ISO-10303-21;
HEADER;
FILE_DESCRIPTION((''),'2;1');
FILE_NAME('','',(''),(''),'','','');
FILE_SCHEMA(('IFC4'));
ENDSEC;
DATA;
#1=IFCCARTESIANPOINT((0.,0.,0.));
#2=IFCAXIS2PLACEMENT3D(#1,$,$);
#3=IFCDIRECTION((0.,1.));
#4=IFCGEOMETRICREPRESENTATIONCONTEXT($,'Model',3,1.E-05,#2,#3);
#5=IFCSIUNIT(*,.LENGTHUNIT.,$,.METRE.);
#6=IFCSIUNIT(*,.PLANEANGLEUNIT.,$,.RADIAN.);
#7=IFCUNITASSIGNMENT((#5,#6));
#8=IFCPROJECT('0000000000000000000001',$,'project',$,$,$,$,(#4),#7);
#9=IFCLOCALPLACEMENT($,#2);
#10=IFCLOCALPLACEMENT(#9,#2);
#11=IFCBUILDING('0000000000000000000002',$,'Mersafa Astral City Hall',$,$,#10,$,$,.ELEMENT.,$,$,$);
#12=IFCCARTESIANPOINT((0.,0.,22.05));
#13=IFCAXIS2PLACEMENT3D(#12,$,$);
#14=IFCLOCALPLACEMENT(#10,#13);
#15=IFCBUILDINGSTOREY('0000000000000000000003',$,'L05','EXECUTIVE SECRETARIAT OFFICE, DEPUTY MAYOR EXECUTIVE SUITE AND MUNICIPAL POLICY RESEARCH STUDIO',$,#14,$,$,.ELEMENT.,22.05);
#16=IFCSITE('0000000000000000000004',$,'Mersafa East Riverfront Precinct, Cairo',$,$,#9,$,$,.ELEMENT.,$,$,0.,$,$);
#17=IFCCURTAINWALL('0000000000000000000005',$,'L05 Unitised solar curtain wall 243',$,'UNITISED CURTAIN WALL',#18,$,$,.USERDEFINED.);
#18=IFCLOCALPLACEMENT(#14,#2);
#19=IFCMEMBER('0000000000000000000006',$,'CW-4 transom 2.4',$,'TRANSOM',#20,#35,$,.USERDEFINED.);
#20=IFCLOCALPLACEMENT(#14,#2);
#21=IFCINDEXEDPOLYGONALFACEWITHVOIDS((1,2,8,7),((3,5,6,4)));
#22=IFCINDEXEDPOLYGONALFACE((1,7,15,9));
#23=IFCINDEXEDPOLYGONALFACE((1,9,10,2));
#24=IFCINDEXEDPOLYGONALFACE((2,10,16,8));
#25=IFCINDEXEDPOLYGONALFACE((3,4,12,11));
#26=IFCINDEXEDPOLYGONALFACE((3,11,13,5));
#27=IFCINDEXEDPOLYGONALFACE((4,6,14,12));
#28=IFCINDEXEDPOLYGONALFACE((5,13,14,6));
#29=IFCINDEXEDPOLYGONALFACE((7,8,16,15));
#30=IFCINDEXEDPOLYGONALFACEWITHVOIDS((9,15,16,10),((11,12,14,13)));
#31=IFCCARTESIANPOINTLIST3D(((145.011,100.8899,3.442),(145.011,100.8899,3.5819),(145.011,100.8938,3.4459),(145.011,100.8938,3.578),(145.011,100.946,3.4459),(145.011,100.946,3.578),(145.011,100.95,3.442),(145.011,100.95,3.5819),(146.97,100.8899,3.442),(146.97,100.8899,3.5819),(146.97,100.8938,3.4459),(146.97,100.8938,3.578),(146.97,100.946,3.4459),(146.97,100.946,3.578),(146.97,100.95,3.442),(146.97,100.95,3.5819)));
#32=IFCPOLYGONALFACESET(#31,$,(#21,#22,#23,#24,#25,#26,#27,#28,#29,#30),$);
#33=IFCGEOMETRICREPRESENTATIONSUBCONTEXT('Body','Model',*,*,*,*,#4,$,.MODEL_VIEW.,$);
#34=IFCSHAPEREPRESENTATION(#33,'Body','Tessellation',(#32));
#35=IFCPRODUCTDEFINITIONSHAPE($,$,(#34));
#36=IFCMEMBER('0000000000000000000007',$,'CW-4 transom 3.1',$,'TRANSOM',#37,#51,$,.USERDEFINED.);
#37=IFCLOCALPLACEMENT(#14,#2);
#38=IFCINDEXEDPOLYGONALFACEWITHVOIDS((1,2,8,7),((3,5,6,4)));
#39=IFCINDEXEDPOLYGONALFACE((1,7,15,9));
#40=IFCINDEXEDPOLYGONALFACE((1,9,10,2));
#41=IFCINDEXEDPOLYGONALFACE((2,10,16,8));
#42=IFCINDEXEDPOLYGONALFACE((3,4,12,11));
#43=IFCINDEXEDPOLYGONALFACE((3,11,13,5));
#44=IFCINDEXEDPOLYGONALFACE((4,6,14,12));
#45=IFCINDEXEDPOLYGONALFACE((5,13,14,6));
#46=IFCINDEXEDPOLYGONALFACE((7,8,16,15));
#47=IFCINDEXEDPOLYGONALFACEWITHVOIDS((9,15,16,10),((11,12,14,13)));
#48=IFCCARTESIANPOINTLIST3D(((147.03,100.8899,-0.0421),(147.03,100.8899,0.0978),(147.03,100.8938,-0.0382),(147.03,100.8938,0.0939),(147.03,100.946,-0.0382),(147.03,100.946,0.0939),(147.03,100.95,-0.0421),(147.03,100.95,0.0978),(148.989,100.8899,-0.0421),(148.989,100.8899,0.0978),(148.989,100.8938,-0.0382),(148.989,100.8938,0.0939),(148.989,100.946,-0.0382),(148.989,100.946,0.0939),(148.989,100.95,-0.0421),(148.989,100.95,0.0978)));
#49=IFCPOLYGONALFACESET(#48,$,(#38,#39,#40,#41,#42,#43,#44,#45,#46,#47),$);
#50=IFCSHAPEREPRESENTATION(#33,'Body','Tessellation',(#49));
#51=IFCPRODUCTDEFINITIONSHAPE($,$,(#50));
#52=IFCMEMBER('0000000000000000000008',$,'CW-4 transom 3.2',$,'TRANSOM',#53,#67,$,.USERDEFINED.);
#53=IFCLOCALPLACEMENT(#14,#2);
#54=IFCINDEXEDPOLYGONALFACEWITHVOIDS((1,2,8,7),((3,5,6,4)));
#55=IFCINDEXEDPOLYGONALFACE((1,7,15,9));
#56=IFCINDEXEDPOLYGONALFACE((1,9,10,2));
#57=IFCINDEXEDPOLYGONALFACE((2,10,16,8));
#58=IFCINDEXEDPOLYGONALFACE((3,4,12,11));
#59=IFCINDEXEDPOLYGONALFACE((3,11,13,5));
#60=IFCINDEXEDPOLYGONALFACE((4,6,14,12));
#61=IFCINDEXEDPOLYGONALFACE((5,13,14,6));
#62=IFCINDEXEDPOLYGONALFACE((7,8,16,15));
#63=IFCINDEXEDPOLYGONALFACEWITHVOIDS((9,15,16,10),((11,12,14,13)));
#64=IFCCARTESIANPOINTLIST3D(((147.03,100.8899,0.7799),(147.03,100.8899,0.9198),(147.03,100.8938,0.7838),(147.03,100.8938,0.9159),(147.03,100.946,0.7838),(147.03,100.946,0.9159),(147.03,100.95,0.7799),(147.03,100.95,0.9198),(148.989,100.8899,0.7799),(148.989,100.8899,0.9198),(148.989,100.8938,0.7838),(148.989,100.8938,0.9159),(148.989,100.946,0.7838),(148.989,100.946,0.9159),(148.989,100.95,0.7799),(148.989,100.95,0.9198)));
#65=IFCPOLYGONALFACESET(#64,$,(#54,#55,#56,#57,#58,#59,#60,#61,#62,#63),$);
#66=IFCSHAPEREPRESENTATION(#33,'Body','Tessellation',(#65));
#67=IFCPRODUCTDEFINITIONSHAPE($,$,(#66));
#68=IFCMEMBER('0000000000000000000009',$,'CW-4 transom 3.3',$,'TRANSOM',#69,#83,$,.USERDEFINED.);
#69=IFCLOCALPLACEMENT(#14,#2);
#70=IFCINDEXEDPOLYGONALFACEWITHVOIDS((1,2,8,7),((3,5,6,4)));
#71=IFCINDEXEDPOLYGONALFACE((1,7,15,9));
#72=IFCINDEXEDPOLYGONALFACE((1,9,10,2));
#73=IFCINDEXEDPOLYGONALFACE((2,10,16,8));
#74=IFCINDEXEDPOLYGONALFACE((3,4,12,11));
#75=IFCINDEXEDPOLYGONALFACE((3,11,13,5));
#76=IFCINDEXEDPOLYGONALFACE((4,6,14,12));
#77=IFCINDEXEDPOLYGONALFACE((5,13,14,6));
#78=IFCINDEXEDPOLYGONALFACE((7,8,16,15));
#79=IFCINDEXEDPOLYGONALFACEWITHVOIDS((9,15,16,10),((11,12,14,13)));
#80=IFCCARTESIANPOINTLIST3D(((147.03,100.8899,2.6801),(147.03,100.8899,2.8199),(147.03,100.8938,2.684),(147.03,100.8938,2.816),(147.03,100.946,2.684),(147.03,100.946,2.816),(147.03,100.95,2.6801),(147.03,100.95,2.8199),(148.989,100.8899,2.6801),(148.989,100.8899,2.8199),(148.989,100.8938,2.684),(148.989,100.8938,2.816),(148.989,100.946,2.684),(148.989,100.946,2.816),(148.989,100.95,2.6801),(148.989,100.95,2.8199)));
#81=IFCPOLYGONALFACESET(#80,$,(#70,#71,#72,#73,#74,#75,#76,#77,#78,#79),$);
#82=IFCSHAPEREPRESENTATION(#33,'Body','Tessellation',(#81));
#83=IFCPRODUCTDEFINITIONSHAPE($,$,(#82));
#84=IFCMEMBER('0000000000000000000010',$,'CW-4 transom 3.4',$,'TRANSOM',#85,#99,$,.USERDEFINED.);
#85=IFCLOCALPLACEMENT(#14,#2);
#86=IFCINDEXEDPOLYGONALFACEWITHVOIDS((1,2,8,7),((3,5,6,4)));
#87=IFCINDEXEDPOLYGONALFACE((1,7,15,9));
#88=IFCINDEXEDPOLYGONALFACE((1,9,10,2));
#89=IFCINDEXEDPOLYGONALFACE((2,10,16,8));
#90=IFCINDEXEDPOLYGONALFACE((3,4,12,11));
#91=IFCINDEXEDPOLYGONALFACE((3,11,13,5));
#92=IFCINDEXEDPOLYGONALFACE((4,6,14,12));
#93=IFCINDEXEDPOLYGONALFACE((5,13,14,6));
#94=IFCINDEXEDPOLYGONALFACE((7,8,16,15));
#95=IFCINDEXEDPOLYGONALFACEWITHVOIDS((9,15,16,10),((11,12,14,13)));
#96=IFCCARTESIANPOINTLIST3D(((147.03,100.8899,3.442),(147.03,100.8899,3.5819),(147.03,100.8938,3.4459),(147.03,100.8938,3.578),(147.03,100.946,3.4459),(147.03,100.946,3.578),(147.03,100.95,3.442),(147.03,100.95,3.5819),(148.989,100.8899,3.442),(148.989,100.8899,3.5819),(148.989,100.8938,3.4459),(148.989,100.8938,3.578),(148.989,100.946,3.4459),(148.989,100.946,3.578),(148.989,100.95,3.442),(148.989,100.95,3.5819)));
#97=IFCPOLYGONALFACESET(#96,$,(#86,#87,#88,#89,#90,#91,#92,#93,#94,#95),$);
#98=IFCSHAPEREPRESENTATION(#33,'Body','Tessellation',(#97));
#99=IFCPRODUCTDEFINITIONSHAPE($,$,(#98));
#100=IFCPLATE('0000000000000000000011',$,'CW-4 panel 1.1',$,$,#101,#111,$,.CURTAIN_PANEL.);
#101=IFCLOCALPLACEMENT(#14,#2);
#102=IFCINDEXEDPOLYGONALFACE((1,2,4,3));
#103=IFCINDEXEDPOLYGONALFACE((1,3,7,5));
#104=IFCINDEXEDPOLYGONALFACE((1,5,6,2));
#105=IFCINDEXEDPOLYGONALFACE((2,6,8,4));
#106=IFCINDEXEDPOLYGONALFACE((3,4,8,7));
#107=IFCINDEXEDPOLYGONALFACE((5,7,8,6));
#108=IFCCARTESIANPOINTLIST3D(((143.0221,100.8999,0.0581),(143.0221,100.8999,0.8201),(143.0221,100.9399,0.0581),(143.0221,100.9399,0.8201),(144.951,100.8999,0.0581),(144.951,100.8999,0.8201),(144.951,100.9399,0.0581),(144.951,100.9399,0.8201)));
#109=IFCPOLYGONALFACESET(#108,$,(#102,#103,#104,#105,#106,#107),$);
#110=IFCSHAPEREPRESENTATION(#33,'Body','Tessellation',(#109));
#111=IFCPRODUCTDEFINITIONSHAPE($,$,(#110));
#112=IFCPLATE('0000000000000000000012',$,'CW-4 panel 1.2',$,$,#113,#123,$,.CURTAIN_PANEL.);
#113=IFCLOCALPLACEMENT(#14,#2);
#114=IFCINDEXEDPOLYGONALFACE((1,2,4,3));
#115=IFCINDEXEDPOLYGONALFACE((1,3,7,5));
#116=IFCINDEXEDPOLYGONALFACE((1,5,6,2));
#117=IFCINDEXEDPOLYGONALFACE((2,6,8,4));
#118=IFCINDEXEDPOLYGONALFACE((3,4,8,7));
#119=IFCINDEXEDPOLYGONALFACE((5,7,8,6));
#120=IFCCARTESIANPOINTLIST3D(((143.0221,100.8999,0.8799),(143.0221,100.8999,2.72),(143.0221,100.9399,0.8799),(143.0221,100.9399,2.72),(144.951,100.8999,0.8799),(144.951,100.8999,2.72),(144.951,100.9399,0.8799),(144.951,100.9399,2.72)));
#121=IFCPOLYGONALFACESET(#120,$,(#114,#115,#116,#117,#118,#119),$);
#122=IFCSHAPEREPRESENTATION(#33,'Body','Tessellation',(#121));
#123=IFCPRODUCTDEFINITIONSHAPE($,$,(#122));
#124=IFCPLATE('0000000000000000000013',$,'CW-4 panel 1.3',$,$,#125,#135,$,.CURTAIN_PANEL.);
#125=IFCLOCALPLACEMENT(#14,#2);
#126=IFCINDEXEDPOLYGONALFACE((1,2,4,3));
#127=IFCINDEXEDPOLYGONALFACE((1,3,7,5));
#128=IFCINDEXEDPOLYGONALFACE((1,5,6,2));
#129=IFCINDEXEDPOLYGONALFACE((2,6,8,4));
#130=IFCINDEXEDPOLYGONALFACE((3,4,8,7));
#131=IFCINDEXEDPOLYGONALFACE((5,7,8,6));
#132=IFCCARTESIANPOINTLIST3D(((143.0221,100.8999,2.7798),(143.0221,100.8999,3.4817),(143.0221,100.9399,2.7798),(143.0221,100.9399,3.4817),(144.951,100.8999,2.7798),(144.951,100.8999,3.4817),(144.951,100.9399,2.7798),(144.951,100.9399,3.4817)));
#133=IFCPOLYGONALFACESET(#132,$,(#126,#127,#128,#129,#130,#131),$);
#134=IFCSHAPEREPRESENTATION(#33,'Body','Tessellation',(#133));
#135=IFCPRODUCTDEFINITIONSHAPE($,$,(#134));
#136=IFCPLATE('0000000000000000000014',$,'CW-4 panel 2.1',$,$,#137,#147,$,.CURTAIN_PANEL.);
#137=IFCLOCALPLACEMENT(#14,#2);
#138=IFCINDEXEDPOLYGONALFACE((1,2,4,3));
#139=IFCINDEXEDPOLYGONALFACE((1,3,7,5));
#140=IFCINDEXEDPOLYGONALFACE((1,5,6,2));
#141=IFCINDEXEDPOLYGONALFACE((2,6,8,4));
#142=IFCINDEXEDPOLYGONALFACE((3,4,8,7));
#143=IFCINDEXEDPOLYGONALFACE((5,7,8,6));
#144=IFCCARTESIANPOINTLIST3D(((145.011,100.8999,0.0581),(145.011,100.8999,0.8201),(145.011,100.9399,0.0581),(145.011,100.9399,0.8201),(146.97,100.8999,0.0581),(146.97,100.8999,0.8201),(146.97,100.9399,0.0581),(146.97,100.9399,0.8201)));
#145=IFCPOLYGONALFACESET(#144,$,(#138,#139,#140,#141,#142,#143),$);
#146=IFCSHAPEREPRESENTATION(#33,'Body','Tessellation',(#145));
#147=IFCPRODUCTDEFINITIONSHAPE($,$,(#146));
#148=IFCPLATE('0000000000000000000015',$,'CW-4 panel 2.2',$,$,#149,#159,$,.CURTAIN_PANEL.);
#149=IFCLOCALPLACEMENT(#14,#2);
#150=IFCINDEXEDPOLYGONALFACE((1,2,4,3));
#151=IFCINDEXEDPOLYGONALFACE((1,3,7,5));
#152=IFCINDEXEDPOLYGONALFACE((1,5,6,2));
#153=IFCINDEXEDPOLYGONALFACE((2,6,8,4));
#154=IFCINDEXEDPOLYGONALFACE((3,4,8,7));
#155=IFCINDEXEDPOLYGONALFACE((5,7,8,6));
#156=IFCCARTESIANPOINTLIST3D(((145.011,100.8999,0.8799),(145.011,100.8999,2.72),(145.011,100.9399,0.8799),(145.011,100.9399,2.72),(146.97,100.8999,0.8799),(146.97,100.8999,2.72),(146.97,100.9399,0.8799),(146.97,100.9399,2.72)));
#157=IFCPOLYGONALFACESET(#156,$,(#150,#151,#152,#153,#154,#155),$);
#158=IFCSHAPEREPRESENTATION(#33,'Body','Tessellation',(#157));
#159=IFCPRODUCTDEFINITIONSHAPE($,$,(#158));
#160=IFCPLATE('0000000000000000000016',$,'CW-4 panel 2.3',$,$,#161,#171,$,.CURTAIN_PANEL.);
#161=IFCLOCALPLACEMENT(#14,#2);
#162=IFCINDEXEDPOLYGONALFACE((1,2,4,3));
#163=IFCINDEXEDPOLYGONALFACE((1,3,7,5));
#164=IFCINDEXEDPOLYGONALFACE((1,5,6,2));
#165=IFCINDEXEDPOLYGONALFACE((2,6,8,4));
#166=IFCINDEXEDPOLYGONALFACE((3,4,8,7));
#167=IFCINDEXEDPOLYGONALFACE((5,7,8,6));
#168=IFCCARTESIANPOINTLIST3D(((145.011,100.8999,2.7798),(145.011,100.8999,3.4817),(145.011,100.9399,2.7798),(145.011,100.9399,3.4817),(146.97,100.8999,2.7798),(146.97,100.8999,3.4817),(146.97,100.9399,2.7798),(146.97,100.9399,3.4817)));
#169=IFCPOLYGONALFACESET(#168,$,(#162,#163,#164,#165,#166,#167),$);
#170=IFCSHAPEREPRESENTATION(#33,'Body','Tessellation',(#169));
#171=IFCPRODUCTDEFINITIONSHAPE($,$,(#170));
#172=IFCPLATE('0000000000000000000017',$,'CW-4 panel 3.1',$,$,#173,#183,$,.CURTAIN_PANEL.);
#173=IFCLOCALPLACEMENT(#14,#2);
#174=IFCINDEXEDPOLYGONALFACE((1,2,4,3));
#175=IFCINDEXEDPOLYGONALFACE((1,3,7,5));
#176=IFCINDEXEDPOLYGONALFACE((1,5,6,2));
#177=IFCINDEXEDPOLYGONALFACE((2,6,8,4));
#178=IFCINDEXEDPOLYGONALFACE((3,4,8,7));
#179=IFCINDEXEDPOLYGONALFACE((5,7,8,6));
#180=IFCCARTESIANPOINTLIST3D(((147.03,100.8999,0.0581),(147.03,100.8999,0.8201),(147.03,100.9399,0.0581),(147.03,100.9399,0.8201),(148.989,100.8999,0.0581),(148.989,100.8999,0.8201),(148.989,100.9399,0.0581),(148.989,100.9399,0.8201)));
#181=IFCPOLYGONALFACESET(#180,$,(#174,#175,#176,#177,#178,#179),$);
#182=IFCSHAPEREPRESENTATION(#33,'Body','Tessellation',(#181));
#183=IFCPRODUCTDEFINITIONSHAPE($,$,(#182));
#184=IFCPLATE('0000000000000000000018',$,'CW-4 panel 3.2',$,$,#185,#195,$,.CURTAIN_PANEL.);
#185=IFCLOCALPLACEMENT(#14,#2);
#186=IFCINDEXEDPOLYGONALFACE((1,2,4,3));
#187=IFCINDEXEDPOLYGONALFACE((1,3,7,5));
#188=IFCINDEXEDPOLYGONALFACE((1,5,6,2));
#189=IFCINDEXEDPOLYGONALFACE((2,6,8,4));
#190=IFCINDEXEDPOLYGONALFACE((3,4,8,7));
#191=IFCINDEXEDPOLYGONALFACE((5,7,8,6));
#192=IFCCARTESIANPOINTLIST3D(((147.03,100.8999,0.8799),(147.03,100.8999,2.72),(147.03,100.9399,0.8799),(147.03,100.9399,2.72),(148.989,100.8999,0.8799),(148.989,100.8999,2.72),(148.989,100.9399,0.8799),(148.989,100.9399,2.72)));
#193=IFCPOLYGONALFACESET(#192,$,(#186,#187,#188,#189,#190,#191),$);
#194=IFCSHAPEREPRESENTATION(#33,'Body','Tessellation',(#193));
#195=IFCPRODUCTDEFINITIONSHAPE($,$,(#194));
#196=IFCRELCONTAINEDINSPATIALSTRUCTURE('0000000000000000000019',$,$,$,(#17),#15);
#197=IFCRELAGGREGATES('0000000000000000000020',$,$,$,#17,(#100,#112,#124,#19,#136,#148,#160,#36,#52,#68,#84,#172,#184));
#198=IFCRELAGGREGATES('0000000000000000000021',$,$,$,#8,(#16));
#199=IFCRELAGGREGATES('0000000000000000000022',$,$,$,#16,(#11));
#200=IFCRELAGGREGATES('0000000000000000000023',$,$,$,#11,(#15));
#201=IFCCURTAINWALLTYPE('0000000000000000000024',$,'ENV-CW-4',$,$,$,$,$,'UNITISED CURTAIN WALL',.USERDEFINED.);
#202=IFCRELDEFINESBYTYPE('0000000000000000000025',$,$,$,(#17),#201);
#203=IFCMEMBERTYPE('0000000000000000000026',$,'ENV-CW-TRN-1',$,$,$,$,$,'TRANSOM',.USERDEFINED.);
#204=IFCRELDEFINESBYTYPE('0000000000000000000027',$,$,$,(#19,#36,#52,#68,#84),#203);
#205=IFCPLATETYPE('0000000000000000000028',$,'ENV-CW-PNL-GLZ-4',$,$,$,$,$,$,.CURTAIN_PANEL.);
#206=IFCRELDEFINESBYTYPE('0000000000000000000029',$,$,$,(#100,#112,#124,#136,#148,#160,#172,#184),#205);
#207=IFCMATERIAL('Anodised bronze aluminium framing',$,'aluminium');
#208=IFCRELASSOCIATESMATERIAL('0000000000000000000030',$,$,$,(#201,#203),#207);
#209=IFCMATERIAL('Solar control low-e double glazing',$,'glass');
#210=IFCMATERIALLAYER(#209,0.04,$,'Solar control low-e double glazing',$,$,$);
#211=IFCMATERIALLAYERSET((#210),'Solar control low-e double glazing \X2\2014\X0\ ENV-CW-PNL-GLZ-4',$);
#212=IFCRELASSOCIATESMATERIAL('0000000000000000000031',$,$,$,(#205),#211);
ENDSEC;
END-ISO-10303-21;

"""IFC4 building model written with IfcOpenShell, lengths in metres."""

from ifc_helpers import new_model, si_unit, direction, frame, origin, origin_2d, place, context, subcontext, project, spatial, rectangle, hollow_rectangle, extrude, material, layer, layer_set, material_profile, profile_set, type_object, element, aggregate, save


model = new_model("IFC4")

# Units and contexts
model_context = context("Model", 3, precision=1e-05, world=origin(), true_north=direction((0.0, 1.0)))
body_context = subcontext(model_context, "Body", "Model", "MODEL_VIEW")
ifc_project = project(units=[si_unit("LENGTHUNIT", "METRE"), si_unit("PLANEANGLEUNIT", "RADIAN")], contexts=[model_context])

# Site, building, storey
site_placement = place(None, origin())
site = spatial("IfcSite", under=ifc_project, at=site_placement, Name="Mersafa East Riverfront Precinct, Cairo", CompositionType="ELEMENT", RefElevation=0.0)
building_placement = place(site_placement, origin())
building = spatial("IfcBuilding", under=site, at=building_placement, Name="Mersafa Astral City Hall", CompositionType="ELEMENT")
storey_placement = place(building_placement, frame((0.0, 0.0, 22.05)))
storey = spatial("IfcBuildingStorey", under=building, at=storey_placement, Name="L05", Description="EXECUTIVE SECRETARIAT OFFICE, DEPUTY MAYOR EXECUTIVE SUITE AND MUNICIPAL POLICY RESEARCH STUDIO", CompositionType="ELEMENT", Elevation=22.05)

# Curtain wall, members, plates
ifc_material_1 = material(Name="Anodised bronze aluminium framing", Category="aluminium")
curtain_wall_type = type_object("IfcCurtainWallType", Name="ENV-CW-4", ElementType="UNITISED CURTAIN WALL", PredefinedType="USERDEFINED", material=ifc_material_1)
curtain_wall_placement = place(storey_placement, origin())
curtain_wall = element("IfcCurtainWall", 1, at=curtain_wall_placement, inside=storey, type_object=curtain_wall_type, Name="L05 Unitised solar curtain wall 243", ObjectType="UNITISED CURTAIN WALL", PredefinedType="USERDEFINED")
ifc_material_profile_1 = material_profile(ifc_material_1, hollow_rectangle(XDim=0.0601, YDim=0.1399, WallThickness=0.0039, at=origin_2d()), Name="RHS 60x140x4")
ifc_profile_set_1 = profile_set([ifc_material_profile_1], Name="Anodised bronze aluminium framing")
member_type_1 = type_object("IfcMemberType", Name="ENV-CW-TRN-1", ElementType="TRANSOM", PredefinedType="USERDEFINED", material=ifc_profile_set_1)
member_1_placement = place(storey_placement, frame((145.011, 100.9199, 3.512), z_axis=(1.0, 0.0, 0.0), x_axis=(0.0, 1.0, 0.0)))
member_1 = element("IfcMember", 2, at=member_1_placement, type_object=member_type_1, Name="CW-4 transom 2.4", ObjectType="TRANSOM", PredefinedType="USERDEFINED", context=body_context, shape_type="SweptSolid", body=[
    extrude(hollow_rectangle(XDim=0.0601, YDim=0.1399, WallThickness=0.0039, at=origin_2d()), origin(), (0.0, 0.0, 1.0), 1.959),
])
member_2_placement = place(storey_placement, frame((147.03, 100.9199, 0.0278), z_axis=(1.0, 0.0, 0.0), x_axis=(0.0, 1.0, 0.0)))
member_2 = element("IfcMember", 3, at=member_2_placement, type_object=member_type_1, Name="CW-4 transom 3.1", ObjectType="TRANSOM", PredefinedType="USERDEFINED", context=body_context, shape_type="SweptSolid", body=[
    extrude(hollow_rectangle(XDim=0.0601, YDim=0.1399, WallThickness=0.0039, at=origin_2d()), origin(), (0.0, 0.0, 1.0), 1.959),
])
member_3_placement = place(storey_placement, frame((147.03, 100.9199, 0.8499), z_axis=(1.0, 0.0, 0.0), x_axis=(0.0, 1.0, 0.0)))
member_3 = element("IfcMember", 4, at=member_3_placement, type_object=member_type_1, Name="CW-4 transom 3.2", ObjectType="TRANSOM", PredefinedType="USERDEFINED", context=body_context, shape_type="SweptSolid", body=[
    extrude(hollow_rectangle(XDim=0.0601, YDim=0.1399, WallThickness=0.0039, at=origin_2d()), origin(), (0.0, 0.0, 1.0), 1.959),
])
member_4_placement = place(storey_placement, frame((147.03, 100.9199, 2.75), z_axis=(1.0, 0.0, 0.0), x_axis=(0.0, 1.0, 0.0)))
member_4 = element("IfcMember", 5, at=member_4_placement, type_object=member_type_1, Name="CW-4 transom 3.3", ObjectType="TRANSOM", PredefinedType="USERDEFINED", context=body_context, shape_type="SweptSolid", body=[
    extrude(hollow_rectangle(XDim=0.0601, YDim=0.1399, WallThickness=0.0039, at=origin_2d()), origin(), (0.0, 0.0, 1.0), 1.959),
])
member_5_placement = place(storey_placement, frame((147.03, 100.9199, 3.512), z_axis=(1.0, 0.0, 0.0), x_axis=(0.0, 1.0, 0.0)))
member_5 = element("IfcMember", 6, at=member_5_placement, type_object=member_type_1, Name="CW-4 transom 3.4", ObjectType="TRANSOM", PredefinedType="USERDEFINED", context=body_context, shape_type="SweptSolid", body=[
    extrude(hollow_rectangle(XDim=0.0601, YDim=0.1399, WallThickness=0.0039, at=origin_2d()), origin(), (0.0, 0.0, 1.0), 1.959),
])
ifc_material_2 = material(Name="Solar control low-e double glazing", Category="glass")
ifc_layer = layer(ifc_material_2, 0.04, Name="Solar control low-e double glazing")
ifc_layer_set = layer_set([ifc_layer], Name="Solar control low-e double glazing — ENV-CW-PNL-GLZ-4")
plate_type = type_object("IfcPlateType", Name="ENV-CW-PNL-GLZ-4", PredefinedType="CURTAIN_PANEL", material=ifc_layer_set)
plate_1_placement = place(storey_placement, frame((143.9866, 100.9199, 0.0581), z_axis=(0.0, 0.0, 1.0), x_axis=(1.0, 0.0, 0.0)))
plate_1 = element("IfcPlate", 7, at=plate_1_placement, type_object=plate_type, Name="CW-4 panel 1.1", PredefinedType="CURTAIN_PANEL", context=body_context, shape_type="SweptSolid", body=[
    extrude(rectangle(XDim=1.929, YDim=0.04, at=origin_2d()), origin(), (0.0, 0.0, 1.0), 0.762),
])
plate_2_placement = place(storey_placement, frame((143.9866, 100.9199, 0.8799), z_axis=(0.0, 0.0, 1.0), x_axis=(1.0, 0.0, 0.0)))
plate_2 = element("IfcPlate", 8, at=plate_2_placement, type_object=plate_type, Name="CW-4 panel 1.2", PredefinedType="CURTAIN_PANEL", context=body_context, shape_type="SweptSolid", body=[
    extrude(rectangle(XDim=1.929, YDim=0.04, at=origin_2d()), origin(), (0.0, 0.0, 1.0), 1.8401),
])
plate_3_placement = place(storey_placement, frame((143.9866, 100.9199, 2.7798), z_axis=(0.0, 0.0, 1.0), x_axis=(1.0, 0.0, 0.0)))
plate_3 = element("IfcPlate", 9, at=plate_3_placement, type_object=plate_type, Name="CW-4 panel 1.3", PredefinedType="CURTAIN_PANEL", context=body_context, shape_type="SweptSolid", body=[
    extrude(rectangle(XDim=1.929, YDim=0.04, at=origin_2d()), origin(), (0.0, 0.0, 1.0), 0.7019),
])
plate_4_placement = place(storey_placement, frame((145.9905, 100.9199, 0.0581), z_axis=(0.0, 0.0, 1.0), x_axis=(1.0, 0.0, 0.0)))
plate_4 = element("IfcPlate", 10, at=plate_4_placement, type_object=plate_type, Name="CW-4 panel 2.1", PredefinedType="CURTAIN_PANEL", context=body_context, shape_type="SweptSolid", body=[
    extrude(rectangle(XDim=1.959, YDim=0.04, at=origin_2d()), origin(), (0.0, 0.0, 1.0), 0.762),
])
plate_5_placement = place(storey_placement, frame((145.9905, 100.9199, 0.8799), z_axis=(0.0, 0.0, 1.0), x_axis=(1.0, 0.0, 0.0)))
plate_5 = element("IfcPlate", 11, at=plate_5_placement, type_object=plate_type, Name="CW-4 panel 2.2", PredefinedType="CURTAIN_PANEL", context=body_context, shape_type="SweptSolid", body=[
    extrude(rectangle(XDim=1.959, YDim=0.04, at=origin_2d()), origin(), (0.0, 0.0, 1.0), 1.8401),
])
plate_6_placement = place(storey_placement, frame((145.9905, 100.9199, 2.7798), z_axis=(0.0, 0.0, 1.0), x_axis=(1.0, 0.0, 0.0)))
plate_6 = element("IfcPlate", 12, at=plate_6_placement, type_object=plate_type, Name="CW-4 panel 2.3", PredefinedType="CURTAIN_PANEL", context=body_context, shape_type="SweptSolid", body=[
    extrude(rectangle(XDim=1.959, YDim=0.04, at=origin_2d()), origin(), (0.0, 0.0, 1.0), 0.7019),
])
plate_7_placement = place(storey_placement, frame((148.0095, 100.9199, 0.0581), z_axis=(0.0, 0.0, 1.0), x_axis=(1.0, 0.0, 0.0)))
plate_7 = element("IfcPlate", 13, at=plate_7_placement, type_object=plate_type, Name="CW-4 panel 3.1", PredefinedType="CURTAIN_PANEL", context=body_context, shape_type="SweptSolid", body=[
    extrude(rectangle(XDim=1.959, YDim=0.04, at=origin_2d()), origin(), (0.0, 0.0, 1.0), 0.762),
])
plate_8_placement = place(storey_placement, frame((148.0095, 100.9199, 0.8799), z_axis=(0.0, 0.0, 1.0), x_axis=(1.0, 0.0, 0.0)))
plate_8 = element("IfcPlate", 14, at=plate_8_placement, type_object=plate_type, Name="CW-4 panel 3.2", PredefinedType="CURTAIN_PANEL", context=body_context, shape_type="SweptSolid", body=[
    extrude(rectangle(XDim=1.959, YDim=0.04, at=origin_2d()), origin(), (0.0, 0.0, 1.0), 1.8401),
])
aggregate(curtain_wall, [plate_1, plate_2, plate_3, member_1, plate_4, plate_5, plate_6, member_2, member_3, member_4, member_5, plate_7, plate_8])

save(model, "model.ifc")
